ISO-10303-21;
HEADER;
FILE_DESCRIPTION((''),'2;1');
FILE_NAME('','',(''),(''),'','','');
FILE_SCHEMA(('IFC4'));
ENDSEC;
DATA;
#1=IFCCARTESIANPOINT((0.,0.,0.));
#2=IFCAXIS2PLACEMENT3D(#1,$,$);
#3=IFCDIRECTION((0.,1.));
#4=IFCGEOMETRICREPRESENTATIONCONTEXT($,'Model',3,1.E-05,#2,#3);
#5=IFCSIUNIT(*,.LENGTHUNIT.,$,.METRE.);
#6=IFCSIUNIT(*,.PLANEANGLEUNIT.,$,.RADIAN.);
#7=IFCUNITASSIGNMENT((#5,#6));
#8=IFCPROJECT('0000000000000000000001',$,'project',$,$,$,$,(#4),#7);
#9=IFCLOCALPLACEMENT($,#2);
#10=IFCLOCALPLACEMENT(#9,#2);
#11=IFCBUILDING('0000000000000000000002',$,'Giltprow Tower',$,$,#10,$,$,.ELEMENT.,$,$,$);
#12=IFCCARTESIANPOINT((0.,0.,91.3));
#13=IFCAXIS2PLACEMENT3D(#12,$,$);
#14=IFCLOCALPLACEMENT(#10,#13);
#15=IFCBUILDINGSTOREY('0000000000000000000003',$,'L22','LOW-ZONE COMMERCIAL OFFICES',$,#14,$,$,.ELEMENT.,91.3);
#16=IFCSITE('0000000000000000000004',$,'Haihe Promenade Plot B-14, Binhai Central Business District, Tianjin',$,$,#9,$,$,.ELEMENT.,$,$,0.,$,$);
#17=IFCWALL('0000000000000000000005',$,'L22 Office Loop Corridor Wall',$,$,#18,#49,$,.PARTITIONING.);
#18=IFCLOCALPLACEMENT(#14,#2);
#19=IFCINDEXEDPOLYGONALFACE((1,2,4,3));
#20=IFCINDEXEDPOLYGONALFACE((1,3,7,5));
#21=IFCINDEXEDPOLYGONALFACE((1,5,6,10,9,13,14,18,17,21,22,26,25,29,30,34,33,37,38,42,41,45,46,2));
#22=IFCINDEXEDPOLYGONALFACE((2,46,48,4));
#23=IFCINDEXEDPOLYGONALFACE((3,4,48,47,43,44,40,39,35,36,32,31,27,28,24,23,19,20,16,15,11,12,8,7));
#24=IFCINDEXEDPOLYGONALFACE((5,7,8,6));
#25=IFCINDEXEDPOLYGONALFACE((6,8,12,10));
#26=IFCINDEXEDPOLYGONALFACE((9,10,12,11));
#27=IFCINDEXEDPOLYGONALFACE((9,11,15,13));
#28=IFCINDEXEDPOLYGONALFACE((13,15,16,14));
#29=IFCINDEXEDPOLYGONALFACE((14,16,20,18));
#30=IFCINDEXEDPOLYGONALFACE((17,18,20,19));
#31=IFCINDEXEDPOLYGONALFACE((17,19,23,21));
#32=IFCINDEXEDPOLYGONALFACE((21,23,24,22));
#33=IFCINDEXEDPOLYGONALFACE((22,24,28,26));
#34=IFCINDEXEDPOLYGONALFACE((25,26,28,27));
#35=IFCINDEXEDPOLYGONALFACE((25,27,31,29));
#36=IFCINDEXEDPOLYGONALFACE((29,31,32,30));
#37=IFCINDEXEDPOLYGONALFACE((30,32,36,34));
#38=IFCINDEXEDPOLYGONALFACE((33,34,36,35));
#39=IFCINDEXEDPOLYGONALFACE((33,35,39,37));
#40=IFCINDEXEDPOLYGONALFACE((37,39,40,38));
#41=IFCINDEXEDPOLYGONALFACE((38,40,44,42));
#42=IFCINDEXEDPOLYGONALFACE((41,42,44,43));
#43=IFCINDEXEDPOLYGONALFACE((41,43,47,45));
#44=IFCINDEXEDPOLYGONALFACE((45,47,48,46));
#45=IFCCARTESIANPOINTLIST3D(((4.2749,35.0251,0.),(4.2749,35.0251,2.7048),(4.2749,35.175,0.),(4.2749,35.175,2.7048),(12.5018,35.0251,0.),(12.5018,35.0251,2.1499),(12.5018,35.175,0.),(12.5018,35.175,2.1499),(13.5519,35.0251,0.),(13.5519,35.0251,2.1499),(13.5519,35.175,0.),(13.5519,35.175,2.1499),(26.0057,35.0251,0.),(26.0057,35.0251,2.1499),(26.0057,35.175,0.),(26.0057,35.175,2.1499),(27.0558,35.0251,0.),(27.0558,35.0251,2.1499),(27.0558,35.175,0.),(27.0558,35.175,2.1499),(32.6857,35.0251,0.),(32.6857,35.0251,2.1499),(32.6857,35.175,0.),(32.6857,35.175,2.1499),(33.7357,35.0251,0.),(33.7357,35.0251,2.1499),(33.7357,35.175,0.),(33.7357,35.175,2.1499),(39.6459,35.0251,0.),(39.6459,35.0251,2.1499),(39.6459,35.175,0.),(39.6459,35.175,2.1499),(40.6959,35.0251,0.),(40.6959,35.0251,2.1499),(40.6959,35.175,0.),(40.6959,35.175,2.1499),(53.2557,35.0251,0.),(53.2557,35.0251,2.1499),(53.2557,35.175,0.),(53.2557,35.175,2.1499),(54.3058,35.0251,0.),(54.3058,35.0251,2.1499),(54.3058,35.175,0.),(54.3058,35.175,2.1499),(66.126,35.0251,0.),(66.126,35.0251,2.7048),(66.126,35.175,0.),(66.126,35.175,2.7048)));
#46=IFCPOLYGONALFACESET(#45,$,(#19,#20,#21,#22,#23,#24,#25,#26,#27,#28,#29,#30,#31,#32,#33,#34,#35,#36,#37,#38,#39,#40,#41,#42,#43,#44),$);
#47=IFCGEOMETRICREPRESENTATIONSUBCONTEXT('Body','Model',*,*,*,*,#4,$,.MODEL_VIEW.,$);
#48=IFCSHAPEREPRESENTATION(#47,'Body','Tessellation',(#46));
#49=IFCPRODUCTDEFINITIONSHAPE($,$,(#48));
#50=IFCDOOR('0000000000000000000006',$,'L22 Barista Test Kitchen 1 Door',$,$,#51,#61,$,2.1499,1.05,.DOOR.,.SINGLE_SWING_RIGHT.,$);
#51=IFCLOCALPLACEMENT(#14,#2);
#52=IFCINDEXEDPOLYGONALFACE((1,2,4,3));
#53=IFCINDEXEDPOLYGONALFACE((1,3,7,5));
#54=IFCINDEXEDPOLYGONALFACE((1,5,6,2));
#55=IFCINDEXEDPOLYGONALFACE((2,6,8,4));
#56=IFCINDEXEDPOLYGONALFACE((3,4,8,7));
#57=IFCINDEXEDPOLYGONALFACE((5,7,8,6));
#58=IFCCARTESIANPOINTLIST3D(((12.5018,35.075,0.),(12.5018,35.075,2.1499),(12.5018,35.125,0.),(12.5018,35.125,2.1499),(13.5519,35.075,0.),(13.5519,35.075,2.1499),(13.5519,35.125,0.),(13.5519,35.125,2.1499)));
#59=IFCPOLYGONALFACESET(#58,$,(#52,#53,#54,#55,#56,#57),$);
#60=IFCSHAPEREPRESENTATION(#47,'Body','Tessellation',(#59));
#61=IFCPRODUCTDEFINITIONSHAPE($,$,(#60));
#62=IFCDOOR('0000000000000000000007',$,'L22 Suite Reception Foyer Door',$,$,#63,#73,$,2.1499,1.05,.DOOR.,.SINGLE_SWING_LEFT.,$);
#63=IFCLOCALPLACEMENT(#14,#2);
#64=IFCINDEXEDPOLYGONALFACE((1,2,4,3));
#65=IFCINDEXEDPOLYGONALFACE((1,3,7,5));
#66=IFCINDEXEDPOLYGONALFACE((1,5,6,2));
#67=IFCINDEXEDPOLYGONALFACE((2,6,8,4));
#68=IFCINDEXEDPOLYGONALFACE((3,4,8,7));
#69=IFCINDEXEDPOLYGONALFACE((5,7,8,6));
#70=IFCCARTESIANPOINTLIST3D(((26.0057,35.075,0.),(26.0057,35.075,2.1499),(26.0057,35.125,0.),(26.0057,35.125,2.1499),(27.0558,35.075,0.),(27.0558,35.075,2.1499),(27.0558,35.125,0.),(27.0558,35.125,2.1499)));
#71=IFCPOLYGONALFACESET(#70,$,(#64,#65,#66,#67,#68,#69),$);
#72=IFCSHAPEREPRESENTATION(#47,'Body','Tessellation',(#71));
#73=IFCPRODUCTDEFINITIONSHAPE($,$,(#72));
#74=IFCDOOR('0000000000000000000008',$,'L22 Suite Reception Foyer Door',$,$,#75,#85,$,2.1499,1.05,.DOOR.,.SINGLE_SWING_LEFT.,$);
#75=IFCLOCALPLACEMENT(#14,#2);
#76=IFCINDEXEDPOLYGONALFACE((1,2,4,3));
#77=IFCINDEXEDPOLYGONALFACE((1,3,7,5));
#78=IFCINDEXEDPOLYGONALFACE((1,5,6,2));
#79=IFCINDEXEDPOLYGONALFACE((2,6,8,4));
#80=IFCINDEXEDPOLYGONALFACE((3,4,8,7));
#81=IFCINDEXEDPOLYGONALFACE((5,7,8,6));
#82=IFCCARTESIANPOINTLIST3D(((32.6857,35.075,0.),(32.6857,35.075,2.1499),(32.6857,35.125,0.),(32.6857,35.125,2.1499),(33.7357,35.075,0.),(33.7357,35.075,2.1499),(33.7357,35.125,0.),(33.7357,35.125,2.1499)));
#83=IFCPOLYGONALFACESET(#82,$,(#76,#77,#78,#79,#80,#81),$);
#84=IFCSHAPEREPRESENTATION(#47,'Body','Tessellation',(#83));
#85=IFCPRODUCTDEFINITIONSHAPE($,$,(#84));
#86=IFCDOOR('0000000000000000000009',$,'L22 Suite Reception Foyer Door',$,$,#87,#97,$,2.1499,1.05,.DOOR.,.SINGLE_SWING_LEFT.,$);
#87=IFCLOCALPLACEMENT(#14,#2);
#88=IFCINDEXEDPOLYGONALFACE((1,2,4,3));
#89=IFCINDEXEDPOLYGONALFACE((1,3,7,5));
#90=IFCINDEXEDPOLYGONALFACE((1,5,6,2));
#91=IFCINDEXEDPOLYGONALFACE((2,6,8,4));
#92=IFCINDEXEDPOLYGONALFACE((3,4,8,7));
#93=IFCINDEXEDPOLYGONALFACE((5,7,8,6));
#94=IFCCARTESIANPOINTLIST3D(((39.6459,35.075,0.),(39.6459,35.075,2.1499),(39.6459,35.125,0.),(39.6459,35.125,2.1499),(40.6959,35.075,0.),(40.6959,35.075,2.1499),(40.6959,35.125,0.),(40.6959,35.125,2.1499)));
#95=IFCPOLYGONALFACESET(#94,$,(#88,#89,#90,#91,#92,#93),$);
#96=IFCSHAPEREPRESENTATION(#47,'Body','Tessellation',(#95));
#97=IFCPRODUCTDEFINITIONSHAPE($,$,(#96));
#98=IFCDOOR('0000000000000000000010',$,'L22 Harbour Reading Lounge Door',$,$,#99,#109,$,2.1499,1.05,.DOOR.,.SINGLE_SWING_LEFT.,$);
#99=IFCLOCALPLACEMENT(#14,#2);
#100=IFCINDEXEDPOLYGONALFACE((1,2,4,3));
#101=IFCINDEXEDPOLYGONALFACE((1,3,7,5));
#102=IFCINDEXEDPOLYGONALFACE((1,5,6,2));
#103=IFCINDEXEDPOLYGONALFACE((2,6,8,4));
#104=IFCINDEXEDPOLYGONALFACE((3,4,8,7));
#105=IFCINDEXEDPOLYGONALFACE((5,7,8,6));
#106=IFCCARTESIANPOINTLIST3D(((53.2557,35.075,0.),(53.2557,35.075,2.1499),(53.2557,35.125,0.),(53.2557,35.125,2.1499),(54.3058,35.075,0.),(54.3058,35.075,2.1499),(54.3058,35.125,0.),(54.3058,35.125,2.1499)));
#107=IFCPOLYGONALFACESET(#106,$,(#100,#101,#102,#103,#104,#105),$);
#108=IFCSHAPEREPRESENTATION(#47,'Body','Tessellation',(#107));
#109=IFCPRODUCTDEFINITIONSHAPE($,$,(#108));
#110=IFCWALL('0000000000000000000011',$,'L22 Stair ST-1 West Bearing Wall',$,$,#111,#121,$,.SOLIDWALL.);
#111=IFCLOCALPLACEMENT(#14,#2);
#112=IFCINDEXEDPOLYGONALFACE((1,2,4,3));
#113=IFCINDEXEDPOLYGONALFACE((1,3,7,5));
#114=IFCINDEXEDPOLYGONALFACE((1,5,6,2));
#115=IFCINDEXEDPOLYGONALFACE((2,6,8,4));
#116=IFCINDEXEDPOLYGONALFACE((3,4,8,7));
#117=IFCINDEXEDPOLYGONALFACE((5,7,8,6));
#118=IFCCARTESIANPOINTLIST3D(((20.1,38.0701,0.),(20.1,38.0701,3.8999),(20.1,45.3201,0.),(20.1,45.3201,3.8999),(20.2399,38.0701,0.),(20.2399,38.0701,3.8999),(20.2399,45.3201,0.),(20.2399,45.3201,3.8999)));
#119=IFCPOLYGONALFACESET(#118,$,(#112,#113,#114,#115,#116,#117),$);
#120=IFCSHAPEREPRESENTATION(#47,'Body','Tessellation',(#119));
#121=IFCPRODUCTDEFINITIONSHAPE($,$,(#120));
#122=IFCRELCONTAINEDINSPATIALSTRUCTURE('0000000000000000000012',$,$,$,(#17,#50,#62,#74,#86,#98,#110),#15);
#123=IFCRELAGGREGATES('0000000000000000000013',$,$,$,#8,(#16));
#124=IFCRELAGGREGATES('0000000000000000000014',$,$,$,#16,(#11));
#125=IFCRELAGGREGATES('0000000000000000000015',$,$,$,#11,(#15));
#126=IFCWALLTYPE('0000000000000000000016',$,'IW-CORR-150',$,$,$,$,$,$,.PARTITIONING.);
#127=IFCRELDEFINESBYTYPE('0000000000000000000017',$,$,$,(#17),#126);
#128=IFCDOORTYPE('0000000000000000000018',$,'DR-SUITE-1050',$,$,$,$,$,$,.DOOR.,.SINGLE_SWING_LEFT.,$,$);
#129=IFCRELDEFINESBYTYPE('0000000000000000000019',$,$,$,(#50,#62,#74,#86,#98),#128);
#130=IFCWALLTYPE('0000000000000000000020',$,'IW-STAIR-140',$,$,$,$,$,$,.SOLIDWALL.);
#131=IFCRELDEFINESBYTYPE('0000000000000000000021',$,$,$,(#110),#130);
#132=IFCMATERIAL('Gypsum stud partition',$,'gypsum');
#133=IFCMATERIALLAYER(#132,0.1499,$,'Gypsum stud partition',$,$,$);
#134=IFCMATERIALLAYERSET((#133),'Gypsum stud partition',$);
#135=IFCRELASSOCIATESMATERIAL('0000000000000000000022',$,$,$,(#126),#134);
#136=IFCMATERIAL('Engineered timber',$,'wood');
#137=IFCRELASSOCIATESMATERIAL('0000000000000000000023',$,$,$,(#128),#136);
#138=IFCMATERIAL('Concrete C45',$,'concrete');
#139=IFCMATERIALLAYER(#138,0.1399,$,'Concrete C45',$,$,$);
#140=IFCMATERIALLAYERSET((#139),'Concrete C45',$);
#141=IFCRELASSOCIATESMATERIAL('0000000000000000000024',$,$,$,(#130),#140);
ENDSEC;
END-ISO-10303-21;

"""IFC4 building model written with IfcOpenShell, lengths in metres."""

from ifc_helpers import new_model, si_unit, direction, frame, frame_2d, origin, place, context, subcontext, project, spatial, rectangle, extrude, source, transform, mapped, material, layer, layer_set, type_object, element, fill, save


model = new_model("IFC4")

# Units and contexts
model_context = context("Model", 3, precision=1e-05, world=origin(), true_north=direction((0.0, 1.0)))
body_context = subcontext(model_context, "Body", "Model", "MODEL_VIEW")
ifc_project = project(units=[si_unit("LENGTHUNIT", "METRE"), si_unit("PLANEANGLEUNIT", "RADIAN")], contexts=[model_context])

# Site, building, storey
site_placement = place(None, origin())
site = spatial("IfcSite", under=ifc_project, at=site_placement, Name="Haihe Promenade Plot B-14, Binhai Central Business District, Tianjin", CompositionType="ELEMENT", RefElevation=0.0)
building_placement = place(site_placement, origin())
building = spatial("IfcBuilding", under=site, at=building_placement, Name="Giltprow Tower", CompositionType="ELEMENT")
storey_placement = place(building_placement, frame((0.0, 0.0, 91.3)))
storey = spatial("IfcBuildingStorey", under=building, at=storey_placement, Name="L22", Description="LOW-ZONE COMMERCIAL OFFICES", CompositionType="ELEMENT", Elevation=91.3)

# Wall, openings, doors
ifc_material_1 = material(Name="Gypsum stud partition", Category="gypsum")
ifc_layer_1 = layer(ifc_material_1, 0.1499, Name="Gypsum stud partition")
ifc_layer_set_1 = layer_set([ifc_layer_1], Name="Gypsum stud partition")
wall_type_1 = type_object("IfcWallType", Name="IW-CORR-150", PredefinedType="PARTITIONING", material=ifc_layer_set_1)
wall_1_placement = place(storey_placement, frame((4.2749, 35.1001, 0.0), z_axis=(0.0, 0.0, 1.0), x_axis=(1.0, 0.0, 0.0)))
wall_1 = element("IfcWall", 1, at=wall_1_placement, inside=storey, type_object=wall_type_1, Name="L22 Office Loop Corridor Wall", PredefinedType="PARTITIONING", context=body_context, shape_type="SweptSolid", body=[
    extrude(rectangle(XDim=61.8511, YDim=0.1499, at=frame_2d((30.9255, 0.0))), origin(), (0.0, 0.0, 1.0), 2.7048),
])
opening_1_placement = place(wall_1_placement, frame((8.2271, 0.0, 0.0)))
opening_1 = element("IfcOpeningElement", 2, at=opening_1_placement, cuts=wall_1, PredefinedType="OPENING", context=body_context, shape_type="SweptSolid", body=[
    extrude(rectangle(XDim=1.05, YDim=2.1499, at=frame_2d((0.5249, 1.075))), frame((0.0, 0.085, 0.0), z_axis=(0.0, -1.0, 0.0), x_axis=(1.0, 0.0, 0.0)), (0.0, 0.0, 1.0), 0.1699),
])
opening_2_placement = place(wall_1_placement, frame((21.731, 0.0, 0.0)))
opening_2 = element("IfcOpeningElement", 3, at=opening_2_placement, cuts=wall_1, PredefinedType="OPENING", context=body_context, shape_type="SweptSolid", body=[
    extrude(rectangle(XDim=1.05, YDim=2.1499, at=frame_2d((0.5249, 1.075))), frame((0.0, 0.085, 0.0), z_axis=(0.0, -1.0, 0.0), x_axis=(1.0, 0.0, 0.0)), (0.0, 0.0, 1.0), 0.1699),
])
opening_3_placement = place(wall_1_placement, frame((28.4109, 0.0, 0.0)))
opening_3 = element("IfcOpeningElement", 4, at=opening_3_placement, cuts=wall_1, PredefinedType="OPENING", context=body_context, shape_type="SweptSolid", body=[
    extrude(rectangle(XDim=1.05, YDim=2.1499, at=frame_2d((0.5249, 1.075))), frame((0.0, 0.085, 0.0), z_axis=(0.0, -1.0, 0.0), x_axis=(1.0, 0.0, 0.0)), (0.0, 0.0, 1.0), 0.1699),
])
opening_4_placement = place(wall_1_placement, frame((35.3711, 0.0, 0.0)))
opening_4 = element("IfcOpeningElement", 5, at=opening_4_placement, cuts=wall_1, PredefinedType="OPENING", context=body_context, shape_type="SweptSolid", body=[
    extrude(rectangle(XDim=1.05, YDim=2.1499, at=frame_2d((0.5249, 1.075))), frame((0.0, 0.085, 0.0), z_axis=(0.0, -1.0, 0.0), x_axis=(1.0, 0.0, 0.0)), (0.0, 0.0, 1.0), 0.1699),
])
opening_5_placement = place(wall_1_placement, frame((48.981, 0.0, 0.0)))
opening_5 = element("IfcOpeningElement", 6, at=opening_5_placement, cuts=wall_1, PredefinedType="OPENING", context=body_context, shape_type="SweptSolid", body=[
    extrude(rectangle(XDim=1.05, YDim=2.1499, at=frame_2d((0.5249, 1.075))), frame((0.0, 0.085, 0.0), z_axis=(0.0, -1.0, 0.0), x_axis=(1.0, 0.0, 0.0)), (0.0, 0.0, 1.0), 0.1699),
])
ifc_material_2 = material(Name="Engineered timber", Category="wood")
door_type_1 = type_object("IfcDoorType", Name="DR-SUITE-1050", OperationType="SINGLE_SWING_LEFT", PredefinedType="DOOR", material=ifc_material_2)
shared_shape_1 = source(origin(), body_context, "Body", "SweptSolid", [
    extrude(rectangle(XDim=1.05, YDim=2.1499, at=frame_2d((0.5249, 1.075))), frame((0.0, 0.0249, 0.0), z_axis=(0.0, -1.0, 0.0), x_axis=(1.0, 0.0, 0.0)), (0.0, 0.0, 1.0), 0.05),
])
door_1_placement = place(opening_1_placement, origin())
door_1 = element("IfcDoor", 7, at=door_1_placement, inside=storey, type_object=door_type_1, Name="L22 Barista Test Kitchen 1 Door", OperationType="SINGLE_SWING_RIGHT", OverallHeight=2.1499, OverallWidth=1.05, PredefinedType="DOOR", context=body_context, shape_type="MappedRepresentation", body=[
    mapped(shared_shape_1, transform((0.0, 0.0, 0.0), x_axis=(1.0, 0.0, 0.0), y_axis=(0.0, 1.0, 0.0), z_axis=(0.0, 0.0, 1.0), scale=1.0)),
])
fill(opening_1, door_1)
door_2_placement = place(opening_2_placement, origin())
door_2 = element("IfcDoor", 8, at=door_2_placement, inside=storey, type_object=door_type_1, Name="L22 Suite Reception Foyer Door", OperationType="SINGLE_SWING_LEFT", OverallHeight=2.1499, OverallWidth=1.05, PredefinedType="DOOR", context=body_context, shape_type="MappedRepresentation", body=[
    mapped(shared_shape_1, transform((0.0, 0.0, 0.0), x_axis=(1.0, 0.0, 0.0), y_axis=(0.0, 1.0, 0.0), z_axis=(0.0, 0.0, 1.0), scale=1.0)),
])
fill(opening_2, door_2)
door_3_placement = place(opening_3_placement, origin())
door_3 = element("IfcDoor", 9, at=door_3_placement, inside=storey, type_object=door_type_1, Name="L22 Suite Reception Foyer Door", OperationType="SINGLE_SWING_LEFT", OverallHeight=2.1499, OverallWidth=1.05, PredefinedType="DOOR", context=body_context, shape_type="MappedRepresentation", body=[
    mapped(shared_shape_1, transform((0.0, 0.0, 0.0), x_axis=(1.0, 0.0, 0.0), y_axis=(0.0, 1.0, 0.0), z_axis=(0.0, 0.0, 1.0), scale=1.0)),
])
fill(opening_3, door_3)
door_4_placement = place(opening_4_placement, origin())
door_4 = element("IfcDoor", 10, at=door_4_placement, inside=storey, type_object=door_type_1, Name="L22 Suite Reception Foyer Door", OperationType="SINGLE_SWING_LEFT", OverallHeight=2.1499, OverallWidth=1.05, PredefinedType="DOOR", context=body_context, shape_type="MappedRepresentation", body=[
    mapped(shared_shape_1, transform((0.0, 0.0, 0.0), x_axis=(1.0, 0.0, 0.0), y_axis=(0.0, 1.0, 0.0), z_axis=(0.0, 0.0, 1.0), scale=1.0)),
])
fill(opening_4, door_4)
door_5_placement = place(opening_5_placement, origin())
door_5 = element("IfcDoor", 11, at=door_5_placement, inside=storey, type_object=door_type_1, Name="L22 Harbour Reading Lounge Door", OperationType="SINGLE_SWING_LEFT", OverallHeight=2.1499, OverallWidth=1.05, PredefinedType="DOOR", context=body_context, shape_type="MappedRepresentation", body=[
    mapped(shared_shape_1, transform((0.0, 0.0, 0.0), x_axis=(1.0, 0.0, 0.0), y_axis=(0.0, 1.0, 0.0), z_axis=(0.0, 0.0, 1.0), scale=1.0)),
])
fill(opening_5, door_5)

# Wall
ifc_material_3 = material(Name="Concrete C45", Category="concrete")
ifc_layer_2 = layer(ifc_material_3, 0.1399, Name="Concrete C45")
ifc_layer_set_2 = layer_set([ifc_layer_2], Name="Concrete C45")
wall_type_2 = type_object("IfcWallType", Name="IW-STAIR-140", PredefinedType="SOLIDWALL", material=ifc_layer_set_2)
wall_2_placement = place(storey_placement, frame((20.1699, 38.0701, 0.0), z_axis=(0.0, 0.0, 1.0), x_axis=(0.0, 1.0, 0.0)))
element("IfcWall", 12, at=wall_2_placement, inside=storey, type_object=wall_type_2, Name="L22 Stair ST-1 West Bearing Wall", PredefinedType="SOLIDWALL", context=body_context, shape_type="SweptSolid", body=[
    extrude(rectangle(XDim=7.25, YDim=0.1399, at=frame_2d((3.625, 0.0))), origin(), (0.0, 0.0, 1.0), 3.8999),
])

save(model, "model.ifc")
